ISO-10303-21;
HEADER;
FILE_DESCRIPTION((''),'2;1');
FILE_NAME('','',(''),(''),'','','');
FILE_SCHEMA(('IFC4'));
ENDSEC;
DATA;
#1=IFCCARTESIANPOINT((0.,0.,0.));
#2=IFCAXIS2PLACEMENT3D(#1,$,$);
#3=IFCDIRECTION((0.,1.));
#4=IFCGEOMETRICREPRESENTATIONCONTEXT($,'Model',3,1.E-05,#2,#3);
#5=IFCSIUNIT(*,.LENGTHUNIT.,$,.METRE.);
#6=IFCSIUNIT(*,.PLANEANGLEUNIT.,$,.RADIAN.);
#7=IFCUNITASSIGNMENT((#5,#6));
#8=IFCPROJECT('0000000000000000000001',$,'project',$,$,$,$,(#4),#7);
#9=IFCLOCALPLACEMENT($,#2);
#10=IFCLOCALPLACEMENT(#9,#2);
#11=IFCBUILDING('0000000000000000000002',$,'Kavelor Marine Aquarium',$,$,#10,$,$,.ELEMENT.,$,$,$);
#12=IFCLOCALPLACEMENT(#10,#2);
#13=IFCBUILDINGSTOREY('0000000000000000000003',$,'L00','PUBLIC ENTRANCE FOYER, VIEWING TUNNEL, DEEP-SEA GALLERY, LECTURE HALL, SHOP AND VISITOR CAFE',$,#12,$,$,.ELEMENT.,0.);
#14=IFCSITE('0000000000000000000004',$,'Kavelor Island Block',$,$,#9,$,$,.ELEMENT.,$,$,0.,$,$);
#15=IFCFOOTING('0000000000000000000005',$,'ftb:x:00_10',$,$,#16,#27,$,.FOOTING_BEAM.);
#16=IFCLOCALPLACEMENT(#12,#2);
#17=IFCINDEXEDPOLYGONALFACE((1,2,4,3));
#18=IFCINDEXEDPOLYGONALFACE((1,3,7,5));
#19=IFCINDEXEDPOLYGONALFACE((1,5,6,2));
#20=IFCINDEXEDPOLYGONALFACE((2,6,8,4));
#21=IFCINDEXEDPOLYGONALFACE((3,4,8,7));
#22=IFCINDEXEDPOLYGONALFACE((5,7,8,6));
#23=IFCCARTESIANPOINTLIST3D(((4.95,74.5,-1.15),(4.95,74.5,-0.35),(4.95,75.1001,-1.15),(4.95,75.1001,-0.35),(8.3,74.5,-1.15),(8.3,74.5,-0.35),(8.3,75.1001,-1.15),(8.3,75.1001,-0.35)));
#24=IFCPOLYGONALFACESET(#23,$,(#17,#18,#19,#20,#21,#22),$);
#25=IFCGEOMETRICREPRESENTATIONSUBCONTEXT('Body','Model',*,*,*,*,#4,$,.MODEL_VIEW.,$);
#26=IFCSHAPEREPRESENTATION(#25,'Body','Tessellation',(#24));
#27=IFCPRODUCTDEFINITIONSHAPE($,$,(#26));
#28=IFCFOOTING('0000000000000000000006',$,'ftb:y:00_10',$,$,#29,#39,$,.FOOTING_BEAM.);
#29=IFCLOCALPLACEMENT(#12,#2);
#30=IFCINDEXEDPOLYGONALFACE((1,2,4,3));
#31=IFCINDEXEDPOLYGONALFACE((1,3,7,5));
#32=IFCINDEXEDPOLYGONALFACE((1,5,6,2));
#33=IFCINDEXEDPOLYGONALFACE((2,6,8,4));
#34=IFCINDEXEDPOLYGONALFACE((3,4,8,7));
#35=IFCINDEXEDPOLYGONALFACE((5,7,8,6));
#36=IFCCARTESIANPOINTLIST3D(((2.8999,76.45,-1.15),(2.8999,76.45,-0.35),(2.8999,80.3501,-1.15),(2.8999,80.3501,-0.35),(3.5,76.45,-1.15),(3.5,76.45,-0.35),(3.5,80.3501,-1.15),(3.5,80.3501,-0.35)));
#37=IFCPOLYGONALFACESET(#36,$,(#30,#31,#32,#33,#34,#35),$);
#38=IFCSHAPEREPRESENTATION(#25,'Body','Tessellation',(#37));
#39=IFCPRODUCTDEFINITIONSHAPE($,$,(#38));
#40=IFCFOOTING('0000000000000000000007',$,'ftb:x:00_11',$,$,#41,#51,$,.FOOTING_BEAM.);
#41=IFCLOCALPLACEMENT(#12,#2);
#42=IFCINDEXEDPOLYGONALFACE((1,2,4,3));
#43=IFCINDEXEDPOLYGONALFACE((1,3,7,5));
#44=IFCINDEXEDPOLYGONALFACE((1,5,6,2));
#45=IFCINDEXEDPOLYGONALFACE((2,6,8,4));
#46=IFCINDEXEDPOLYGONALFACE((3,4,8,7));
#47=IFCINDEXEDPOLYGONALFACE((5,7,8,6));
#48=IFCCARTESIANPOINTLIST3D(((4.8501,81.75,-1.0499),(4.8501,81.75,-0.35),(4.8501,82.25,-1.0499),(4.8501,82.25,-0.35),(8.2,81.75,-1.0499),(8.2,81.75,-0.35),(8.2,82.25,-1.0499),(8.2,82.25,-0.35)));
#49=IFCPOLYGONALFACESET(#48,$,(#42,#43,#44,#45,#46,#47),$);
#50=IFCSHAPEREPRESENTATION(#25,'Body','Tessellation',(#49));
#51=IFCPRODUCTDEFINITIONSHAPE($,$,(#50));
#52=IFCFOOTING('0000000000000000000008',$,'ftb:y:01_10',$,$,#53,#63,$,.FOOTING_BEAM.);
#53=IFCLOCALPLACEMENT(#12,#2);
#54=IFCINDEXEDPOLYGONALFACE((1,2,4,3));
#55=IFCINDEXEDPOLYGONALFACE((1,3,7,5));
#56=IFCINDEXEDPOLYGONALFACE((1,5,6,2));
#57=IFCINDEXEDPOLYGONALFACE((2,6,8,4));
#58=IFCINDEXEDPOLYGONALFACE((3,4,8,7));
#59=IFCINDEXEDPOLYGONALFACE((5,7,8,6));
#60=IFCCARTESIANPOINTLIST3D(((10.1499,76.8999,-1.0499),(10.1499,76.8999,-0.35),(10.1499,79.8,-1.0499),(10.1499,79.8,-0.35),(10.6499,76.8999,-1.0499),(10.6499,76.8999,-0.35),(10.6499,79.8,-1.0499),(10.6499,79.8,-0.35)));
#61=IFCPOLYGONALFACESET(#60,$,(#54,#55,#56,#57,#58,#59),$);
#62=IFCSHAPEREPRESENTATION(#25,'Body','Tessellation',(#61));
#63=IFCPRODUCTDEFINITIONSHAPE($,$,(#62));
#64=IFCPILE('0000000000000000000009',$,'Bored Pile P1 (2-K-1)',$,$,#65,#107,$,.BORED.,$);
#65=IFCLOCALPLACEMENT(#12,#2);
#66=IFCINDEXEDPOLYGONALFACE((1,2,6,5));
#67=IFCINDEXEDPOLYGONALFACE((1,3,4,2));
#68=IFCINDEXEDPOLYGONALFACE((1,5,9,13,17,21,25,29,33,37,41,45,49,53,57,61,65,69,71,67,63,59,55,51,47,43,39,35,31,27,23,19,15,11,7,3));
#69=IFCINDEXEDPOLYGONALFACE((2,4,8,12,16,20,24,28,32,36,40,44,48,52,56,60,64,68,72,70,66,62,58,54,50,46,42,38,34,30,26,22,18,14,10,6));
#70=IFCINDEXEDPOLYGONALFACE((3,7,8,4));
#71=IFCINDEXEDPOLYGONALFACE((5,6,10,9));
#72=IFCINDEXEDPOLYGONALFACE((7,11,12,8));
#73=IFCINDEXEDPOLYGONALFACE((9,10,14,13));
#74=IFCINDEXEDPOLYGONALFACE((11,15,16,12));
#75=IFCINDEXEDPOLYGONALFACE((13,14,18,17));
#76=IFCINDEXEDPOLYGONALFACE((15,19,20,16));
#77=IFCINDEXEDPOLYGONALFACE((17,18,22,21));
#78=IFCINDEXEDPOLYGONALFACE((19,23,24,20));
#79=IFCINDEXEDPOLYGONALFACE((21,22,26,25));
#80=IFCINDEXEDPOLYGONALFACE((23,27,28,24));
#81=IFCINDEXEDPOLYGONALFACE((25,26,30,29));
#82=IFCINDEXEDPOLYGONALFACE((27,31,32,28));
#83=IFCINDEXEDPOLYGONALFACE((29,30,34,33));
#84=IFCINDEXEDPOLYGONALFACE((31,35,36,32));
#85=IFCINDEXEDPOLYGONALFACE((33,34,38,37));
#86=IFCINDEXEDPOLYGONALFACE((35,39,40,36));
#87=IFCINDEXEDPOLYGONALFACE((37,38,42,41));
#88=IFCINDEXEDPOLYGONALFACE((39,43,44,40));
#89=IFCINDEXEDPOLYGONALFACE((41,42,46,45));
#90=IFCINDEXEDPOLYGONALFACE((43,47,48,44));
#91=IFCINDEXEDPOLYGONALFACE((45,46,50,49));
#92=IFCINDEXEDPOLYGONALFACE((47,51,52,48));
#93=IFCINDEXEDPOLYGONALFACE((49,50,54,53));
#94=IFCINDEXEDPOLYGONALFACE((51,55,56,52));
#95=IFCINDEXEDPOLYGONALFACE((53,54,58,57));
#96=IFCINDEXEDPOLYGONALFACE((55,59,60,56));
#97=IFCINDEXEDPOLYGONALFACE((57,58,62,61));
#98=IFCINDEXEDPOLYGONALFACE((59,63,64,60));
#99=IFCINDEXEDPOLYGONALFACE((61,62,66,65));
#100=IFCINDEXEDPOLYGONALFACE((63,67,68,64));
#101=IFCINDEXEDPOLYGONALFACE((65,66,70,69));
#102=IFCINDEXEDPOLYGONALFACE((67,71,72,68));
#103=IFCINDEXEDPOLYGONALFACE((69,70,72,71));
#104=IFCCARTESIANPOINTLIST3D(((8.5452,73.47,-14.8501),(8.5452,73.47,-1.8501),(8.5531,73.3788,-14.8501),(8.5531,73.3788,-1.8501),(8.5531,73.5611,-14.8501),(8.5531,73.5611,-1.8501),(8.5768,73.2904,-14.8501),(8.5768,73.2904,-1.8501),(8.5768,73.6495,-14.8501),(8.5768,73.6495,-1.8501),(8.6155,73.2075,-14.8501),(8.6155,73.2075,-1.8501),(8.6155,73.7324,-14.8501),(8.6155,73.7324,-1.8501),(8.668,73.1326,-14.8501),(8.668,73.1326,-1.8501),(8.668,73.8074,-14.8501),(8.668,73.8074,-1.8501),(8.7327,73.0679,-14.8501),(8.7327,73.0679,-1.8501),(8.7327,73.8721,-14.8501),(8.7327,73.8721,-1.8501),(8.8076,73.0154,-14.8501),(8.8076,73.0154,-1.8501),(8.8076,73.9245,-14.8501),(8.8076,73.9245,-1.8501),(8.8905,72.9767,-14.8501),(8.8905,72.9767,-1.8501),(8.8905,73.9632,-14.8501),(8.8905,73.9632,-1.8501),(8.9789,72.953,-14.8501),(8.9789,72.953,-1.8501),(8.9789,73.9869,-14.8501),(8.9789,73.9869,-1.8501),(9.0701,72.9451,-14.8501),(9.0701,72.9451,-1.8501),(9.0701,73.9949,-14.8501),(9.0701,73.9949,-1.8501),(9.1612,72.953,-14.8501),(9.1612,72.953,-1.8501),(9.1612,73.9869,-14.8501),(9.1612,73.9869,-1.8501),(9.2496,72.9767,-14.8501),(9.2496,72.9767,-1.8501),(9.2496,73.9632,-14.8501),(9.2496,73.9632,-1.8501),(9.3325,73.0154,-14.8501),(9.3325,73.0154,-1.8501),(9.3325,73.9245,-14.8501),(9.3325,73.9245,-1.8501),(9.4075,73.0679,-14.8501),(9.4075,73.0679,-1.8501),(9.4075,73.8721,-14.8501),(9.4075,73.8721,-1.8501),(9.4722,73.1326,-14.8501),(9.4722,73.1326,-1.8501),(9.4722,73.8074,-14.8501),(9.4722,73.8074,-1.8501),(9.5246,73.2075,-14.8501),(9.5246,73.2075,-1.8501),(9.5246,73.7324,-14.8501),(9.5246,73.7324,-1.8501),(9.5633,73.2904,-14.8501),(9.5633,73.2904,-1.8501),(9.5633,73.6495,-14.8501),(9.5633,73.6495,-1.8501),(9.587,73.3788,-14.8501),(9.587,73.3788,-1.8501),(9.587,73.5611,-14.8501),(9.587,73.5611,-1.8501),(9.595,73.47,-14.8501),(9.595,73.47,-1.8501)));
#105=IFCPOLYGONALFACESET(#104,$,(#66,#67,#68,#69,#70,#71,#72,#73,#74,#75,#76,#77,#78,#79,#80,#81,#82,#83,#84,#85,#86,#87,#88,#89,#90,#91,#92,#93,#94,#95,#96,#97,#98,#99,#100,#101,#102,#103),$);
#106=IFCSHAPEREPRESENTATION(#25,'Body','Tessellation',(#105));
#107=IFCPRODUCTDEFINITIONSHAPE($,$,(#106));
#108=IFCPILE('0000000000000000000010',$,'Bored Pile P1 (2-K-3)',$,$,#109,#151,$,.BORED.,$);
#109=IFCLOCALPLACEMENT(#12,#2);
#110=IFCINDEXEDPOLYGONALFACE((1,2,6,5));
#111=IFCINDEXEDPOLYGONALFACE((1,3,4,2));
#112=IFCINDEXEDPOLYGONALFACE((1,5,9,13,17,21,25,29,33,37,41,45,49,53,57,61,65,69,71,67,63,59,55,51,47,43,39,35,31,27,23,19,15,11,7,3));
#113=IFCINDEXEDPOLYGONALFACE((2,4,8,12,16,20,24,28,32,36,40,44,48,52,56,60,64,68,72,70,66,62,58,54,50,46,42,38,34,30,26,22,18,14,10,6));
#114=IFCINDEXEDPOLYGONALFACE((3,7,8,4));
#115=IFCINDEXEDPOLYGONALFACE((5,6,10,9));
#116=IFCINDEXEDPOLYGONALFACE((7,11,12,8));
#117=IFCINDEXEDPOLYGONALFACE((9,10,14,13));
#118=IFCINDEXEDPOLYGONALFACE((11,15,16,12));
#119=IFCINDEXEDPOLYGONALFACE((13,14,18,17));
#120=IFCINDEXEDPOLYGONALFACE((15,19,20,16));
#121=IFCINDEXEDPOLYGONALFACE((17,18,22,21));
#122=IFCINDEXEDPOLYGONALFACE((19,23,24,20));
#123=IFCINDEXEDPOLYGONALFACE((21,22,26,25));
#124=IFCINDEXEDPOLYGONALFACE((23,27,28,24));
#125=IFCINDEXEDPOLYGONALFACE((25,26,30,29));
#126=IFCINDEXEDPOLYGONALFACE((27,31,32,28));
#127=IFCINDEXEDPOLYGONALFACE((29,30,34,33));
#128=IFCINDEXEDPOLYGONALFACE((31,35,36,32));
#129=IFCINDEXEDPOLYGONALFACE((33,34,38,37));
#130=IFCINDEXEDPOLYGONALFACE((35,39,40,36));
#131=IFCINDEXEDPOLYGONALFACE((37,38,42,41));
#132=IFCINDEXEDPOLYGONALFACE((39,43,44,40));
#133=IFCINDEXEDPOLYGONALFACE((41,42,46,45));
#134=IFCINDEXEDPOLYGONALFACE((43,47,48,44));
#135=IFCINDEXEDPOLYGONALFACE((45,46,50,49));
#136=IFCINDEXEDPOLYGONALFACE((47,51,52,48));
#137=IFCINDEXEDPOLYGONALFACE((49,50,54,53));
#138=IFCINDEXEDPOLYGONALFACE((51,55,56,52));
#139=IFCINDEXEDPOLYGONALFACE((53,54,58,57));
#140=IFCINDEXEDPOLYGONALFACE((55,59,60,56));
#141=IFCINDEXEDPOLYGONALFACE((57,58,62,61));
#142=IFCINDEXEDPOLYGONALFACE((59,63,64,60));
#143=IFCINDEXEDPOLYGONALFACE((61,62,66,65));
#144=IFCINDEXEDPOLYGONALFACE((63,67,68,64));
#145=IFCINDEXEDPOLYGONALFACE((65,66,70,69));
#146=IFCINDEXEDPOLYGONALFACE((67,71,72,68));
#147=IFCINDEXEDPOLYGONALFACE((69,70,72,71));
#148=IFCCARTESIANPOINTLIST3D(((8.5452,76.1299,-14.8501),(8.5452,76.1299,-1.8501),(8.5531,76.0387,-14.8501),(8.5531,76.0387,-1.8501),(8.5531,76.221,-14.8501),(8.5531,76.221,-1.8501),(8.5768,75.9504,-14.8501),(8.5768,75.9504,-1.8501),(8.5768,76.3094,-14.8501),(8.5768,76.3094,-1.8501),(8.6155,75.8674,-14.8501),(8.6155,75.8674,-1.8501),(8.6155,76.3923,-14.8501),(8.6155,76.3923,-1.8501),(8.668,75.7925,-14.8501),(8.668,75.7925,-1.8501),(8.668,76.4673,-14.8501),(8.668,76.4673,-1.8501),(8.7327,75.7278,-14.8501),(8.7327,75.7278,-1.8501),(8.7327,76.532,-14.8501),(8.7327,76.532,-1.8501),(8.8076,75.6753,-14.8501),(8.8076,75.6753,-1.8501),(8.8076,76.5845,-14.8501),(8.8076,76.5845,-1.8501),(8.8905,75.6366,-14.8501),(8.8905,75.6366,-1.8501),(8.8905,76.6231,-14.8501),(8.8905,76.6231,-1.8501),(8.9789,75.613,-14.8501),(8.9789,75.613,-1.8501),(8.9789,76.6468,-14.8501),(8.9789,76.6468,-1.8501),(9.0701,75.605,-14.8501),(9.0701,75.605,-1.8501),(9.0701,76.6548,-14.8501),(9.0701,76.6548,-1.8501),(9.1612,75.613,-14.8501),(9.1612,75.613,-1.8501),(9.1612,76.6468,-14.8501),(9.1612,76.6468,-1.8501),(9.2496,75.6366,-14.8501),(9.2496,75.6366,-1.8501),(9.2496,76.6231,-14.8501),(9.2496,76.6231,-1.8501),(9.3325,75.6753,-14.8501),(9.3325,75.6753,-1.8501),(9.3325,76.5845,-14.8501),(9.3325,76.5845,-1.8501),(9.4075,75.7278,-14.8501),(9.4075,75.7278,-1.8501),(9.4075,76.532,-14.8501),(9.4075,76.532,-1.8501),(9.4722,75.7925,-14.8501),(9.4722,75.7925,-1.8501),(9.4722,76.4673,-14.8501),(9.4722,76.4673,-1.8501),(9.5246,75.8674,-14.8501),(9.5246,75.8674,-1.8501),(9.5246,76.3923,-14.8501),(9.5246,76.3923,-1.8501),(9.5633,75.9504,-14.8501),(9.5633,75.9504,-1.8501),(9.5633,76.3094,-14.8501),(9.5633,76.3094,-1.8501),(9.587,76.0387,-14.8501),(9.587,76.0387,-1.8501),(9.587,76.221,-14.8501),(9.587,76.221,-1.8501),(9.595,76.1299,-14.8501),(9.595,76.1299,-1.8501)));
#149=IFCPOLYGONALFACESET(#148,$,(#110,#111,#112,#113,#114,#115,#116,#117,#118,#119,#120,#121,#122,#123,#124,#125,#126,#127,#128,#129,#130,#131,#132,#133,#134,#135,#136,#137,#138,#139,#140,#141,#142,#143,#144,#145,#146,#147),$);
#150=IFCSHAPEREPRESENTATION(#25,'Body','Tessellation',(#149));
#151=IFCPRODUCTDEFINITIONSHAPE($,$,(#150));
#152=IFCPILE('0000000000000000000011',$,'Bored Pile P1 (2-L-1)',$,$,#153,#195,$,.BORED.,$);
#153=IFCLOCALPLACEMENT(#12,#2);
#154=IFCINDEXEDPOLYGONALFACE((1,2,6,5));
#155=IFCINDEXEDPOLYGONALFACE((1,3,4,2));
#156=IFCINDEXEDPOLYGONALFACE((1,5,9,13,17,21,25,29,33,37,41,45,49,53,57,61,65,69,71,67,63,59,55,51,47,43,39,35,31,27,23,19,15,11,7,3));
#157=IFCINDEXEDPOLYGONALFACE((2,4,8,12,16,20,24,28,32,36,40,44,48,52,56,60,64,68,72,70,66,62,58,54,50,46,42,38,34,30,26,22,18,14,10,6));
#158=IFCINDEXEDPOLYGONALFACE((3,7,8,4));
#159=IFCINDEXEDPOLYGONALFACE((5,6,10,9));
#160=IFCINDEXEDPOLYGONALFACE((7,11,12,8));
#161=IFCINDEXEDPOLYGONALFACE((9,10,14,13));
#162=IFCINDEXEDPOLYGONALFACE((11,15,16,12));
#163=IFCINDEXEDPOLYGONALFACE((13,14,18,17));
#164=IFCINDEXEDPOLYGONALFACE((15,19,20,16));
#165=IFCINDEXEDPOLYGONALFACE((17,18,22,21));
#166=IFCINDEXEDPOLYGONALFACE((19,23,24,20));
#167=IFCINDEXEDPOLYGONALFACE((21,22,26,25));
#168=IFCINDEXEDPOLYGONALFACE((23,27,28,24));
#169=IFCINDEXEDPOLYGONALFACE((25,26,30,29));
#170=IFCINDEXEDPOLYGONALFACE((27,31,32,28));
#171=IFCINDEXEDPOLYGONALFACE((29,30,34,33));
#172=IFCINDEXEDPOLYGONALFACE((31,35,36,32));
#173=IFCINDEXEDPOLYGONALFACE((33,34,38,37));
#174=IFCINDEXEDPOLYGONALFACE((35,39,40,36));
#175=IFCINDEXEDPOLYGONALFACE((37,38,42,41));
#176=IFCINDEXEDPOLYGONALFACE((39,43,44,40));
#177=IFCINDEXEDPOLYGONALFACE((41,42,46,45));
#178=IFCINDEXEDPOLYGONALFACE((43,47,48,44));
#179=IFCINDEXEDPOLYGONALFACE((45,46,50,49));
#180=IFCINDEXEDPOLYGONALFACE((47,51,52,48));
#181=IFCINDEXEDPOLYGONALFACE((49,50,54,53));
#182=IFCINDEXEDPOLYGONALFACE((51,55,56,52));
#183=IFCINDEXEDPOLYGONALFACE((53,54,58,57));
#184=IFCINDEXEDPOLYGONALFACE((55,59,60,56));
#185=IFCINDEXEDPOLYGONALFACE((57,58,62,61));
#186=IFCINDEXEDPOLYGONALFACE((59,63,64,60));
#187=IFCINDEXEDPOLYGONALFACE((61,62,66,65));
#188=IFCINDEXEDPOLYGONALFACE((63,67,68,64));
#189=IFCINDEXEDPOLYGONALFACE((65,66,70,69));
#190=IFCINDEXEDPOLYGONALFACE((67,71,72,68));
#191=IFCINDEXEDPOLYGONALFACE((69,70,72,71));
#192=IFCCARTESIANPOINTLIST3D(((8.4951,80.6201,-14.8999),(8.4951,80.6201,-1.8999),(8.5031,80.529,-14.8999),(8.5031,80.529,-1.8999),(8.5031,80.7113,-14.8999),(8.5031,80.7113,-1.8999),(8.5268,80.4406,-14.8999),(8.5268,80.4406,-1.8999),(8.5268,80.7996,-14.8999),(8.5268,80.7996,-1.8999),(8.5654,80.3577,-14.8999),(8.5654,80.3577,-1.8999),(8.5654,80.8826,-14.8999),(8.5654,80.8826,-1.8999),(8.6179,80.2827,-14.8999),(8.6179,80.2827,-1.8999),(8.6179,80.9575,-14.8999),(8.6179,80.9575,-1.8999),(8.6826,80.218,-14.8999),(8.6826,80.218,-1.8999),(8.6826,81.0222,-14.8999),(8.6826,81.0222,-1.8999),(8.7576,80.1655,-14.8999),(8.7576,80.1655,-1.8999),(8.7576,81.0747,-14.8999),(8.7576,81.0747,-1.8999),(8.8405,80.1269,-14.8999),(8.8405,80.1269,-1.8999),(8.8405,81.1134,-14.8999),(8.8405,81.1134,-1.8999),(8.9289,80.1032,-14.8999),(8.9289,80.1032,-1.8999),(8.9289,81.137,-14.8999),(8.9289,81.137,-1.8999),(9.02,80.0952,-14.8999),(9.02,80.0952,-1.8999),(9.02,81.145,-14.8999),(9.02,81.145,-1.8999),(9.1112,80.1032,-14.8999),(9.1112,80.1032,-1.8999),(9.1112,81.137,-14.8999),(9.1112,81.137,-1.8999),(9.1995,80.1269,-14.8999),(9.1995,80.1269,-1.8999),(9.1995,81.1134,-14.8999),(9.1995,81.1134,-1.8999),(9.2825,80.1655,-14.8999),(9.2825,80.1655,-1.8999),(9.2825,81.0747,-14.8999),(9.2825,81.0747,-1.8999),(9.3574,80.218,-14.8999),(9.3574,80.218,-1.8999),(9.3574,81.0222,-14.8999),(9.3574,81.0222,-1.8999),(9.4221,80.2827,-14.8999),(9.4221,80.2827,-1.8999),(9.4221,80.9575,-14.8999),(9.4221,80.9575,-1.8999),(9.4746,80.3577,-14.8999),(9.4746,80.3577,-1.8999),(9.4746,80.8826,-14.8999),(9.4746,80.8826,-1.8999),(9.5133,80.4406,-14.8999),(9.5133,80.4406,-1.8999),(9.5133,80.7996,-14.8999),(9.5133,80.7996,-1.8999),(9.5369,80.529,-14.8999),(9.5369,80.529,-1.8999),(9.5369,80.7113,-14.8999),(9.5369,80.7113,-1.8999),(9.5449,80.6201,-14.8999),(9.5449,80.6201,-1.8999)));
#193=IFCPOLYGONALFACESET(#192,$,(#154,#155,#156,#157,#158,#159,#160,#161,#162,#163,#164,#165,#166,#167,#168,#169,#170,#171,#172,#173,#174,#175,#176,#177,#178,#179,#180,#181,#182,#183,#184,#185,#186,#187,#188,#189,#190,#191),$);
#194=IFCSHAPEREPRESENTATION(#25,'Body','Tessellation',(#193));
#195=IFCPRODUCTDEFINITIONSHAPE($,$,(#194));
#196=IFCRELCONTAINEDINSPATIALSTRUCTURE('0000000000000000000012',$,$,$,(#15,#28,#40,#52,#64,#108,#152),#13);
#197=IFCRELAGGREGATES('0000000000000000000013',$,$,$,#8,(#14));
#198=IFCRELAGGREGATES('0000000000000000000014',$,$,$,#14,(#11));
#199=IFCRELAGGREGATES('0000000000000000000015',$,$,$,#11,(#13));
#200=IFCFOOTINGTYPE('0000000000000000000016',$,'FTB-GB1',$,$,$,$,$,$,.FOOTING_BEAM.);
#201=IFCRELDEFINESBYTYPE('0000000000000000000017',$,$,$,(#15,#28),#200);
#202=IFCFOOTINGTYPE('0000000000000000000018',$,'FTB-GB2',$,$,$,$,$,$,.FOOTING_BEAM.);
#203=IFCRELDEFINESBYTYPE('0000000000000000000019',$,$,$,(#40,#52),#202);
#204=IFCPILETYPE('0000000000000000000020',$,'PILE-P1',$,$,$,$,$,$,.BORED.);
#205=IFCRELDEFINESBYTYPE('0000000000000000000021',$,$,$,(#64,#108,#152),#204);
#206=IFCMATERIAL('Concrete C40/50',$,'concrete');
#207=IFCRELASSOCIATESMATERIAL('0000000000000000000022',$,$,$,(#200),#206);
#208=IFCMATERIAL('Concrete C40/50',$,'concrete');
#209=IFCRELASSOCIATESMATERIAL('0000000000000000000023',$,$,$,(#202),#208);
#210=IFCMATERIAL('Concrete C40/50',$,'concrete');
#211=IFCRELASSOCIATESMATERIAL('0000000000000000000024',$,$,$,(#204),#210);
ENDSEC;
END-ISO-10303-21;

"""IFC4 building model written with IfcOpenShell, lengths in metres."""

from ifc_helpers import new_model, si_unit, direction, frame, origin, origin_2d, place, context, subcontext, project, spatial, rectangle, circle, extrude, material, material_profile, profile_set, type_object, element, save


model = new_model("IFC4")

# Units and contexts
model_context = context("Model", 3, precision=1e-05, world=origin(), true_north=direction((0.0, 1.0)))
body_context = subcontext(model_context, "Body", "Model", "MODEL_VIEW")
ifc_project = project(units=[si_unit("LENGTHUNIT", "METRE"), si_unit("PLANEANGLEUNIT", "RADIAN")], contexts=[model_context])

# Site, building, storey
site_placement = place(None, origin())
site = spatial("IfcSite", under=ifc_project, at=site_placement, Name="Kavelor Island Block", CompositionType="ELEMENT", RefElevation=0.0)
building_placement = place(site_placement, origin())
building = spatial("IfcBuilding", under=site, at=building_placement, Name="Kavelor Marine Aquarium", CompositionType="ELEMENT")
storey_placement = place(building_placement, origin())
storey = spatial("IfcBuildingStorey", under=building, at=storey_placement, Name="L00", Description="PUBLIC ENTRANCE FOYER, VIEWING TUNNEL, DEEP-SEA GALLERY, LECTURE HALL, SHOP AND VISITOR CAFE", CompositionType="ELEMENT", Elevation=0.0)

# Footings
ifc_material_1 = material(Name="Concrete C40/50", Category="concrete")
ifc_material_profile_1 = material_profile(ifc_material_1, rectangle(XDim=0.6001, YDim=0.8, at=origin_2d()), Name="GB 600x800")
ifc_profile_set_1 = profile_set([ifc_material_profile_1], Name="Concrete C40/50")
footing_type_1 = type_object("IfcFootingType", Name="FTB-GB1", PredefinedType="FOOTING_BEAM", material=ifc_profile_set_1)
footing_1_placement = place(storey_placement, frame((4.95, 74.8, -0.75), z_axis=(1.0, 0.0, 0.0), x_axis=(0.0, 1.0, 0.0)))
element("IfcFooting", 1, at=footing_1_placement, inside=storey, type_object=footing_type_1, Name="ftb:x:00_10", PredefinedType="FOOTING_BEAM", context=body_context, shape_type="SweptSolid", body=[
    extrude(rectangle(XDim=0.6001, YDim=0.8, at=origin_2d()), origin(), (0.0, 0.0, 1.0), 3.3501),
])
footing_2_placement = place(storey_placement, frame((3.2, 76.45, -0.75), z_axis=(0.0, 1.0, 0.0), x_axis=(-1.0, 0.0, 0.0)))
element("IfcFooting", 2, at=footing_2_placement, inside=storey, type_object=footing_type_1, Name="ftb:y:00_10", PredefinedType="FOOTING_BEAM", context=body_context, shape_type="SweptSolid", body=[
    extrude(rectangle(XDim=0.6001, YDim=0.8, at=origin_2d()), origin(), (0.0, 0.0, 1.0), 3.9001),
])
ifc_material_2 = material(Name="Concrete C40/50", Category="concrete")
ifc_material_profile_2 = material_profile(ifc_material_2, rectangle(XDim=0.5, YDim=0.7, at=origin_2d()), Name="GB 500x700")
ifc_profile_set_2 = profile_set([ifc_material_profile_2], Name="Concrete C40/50")
footing_type_2 = type_object("IfcFootingType", Name="FTB-GB2", PredefinedType="FOOTING_BEAM", material=ifc_profile_set_2)
footing_3_placement = place(storey_placement, frame((4.8501, 82.0, -0.7), z_axis=(1.0, 0.0, 0.0), x_axis=(0.0, 1.0, 0.0)))
element("IfcFooting", 3, at=footing_3_placement, inside=storey, type_object=footing_type_2, Name="ftb:x:00_11", PredefinedType="FOOTING_BEAM", context=body_context, shape_type="SweptSolid", body=[
    extrude(rectangle(XDim=0.5, YDim=0.7, at=origin_2d()), origin(), (0.0, 0.0, 1.0), 3.3499),
])
footing_4_placement = place(storey_placement, frame((10.3999, 76.8999, -0.7), z_axis=(0.0, 1.0, 0.0), x_axis=(-1.0, 0.0, 0.0)))
element("IfcFooting", 4, at=footing_4_placement, inside=storey, type_object=footing_type_2, Name="ftb:y:01_10", PredefinedType="FOOTING_BEAM", context=body_context, shape_type="SweptSolid", body=[
    extrude(rectangle(XDim=0.5, YDim=0.7, at=origin_2d()), origin(), (0.0, 0.0, 1.0), 2.9001),
])

# Piles
ifc_material_3 = material(Name="Concrete C40/50", Category="concrete")
ifc_material_profile_3 = material_profile(ifc_material_3, circle(Radius=0.5249, at=origin_2d()), Name="PILE D1050")
ifc_profile_set_3 = profile_set([ifc_material_profile_3], Name="Concrete C40/50")
pile_type_1 = type_object("IfcPileType", Name="PILE-P1", PredefinedType="BORED", material=ifc_profile_set_3)
for number, where, z_axis, x_axis, name in (
    (5, (9.0701, 73.47, -1.8501), (0.0, 0.0, -1.0), (1.0, 0.0, 0.0), "Bored Pile P1 (2-K-1)"),
    (6, (9.0701, 76.1299, -1.8501), (0.0, 0.0, -1.0), (1.0, 0.0, 0.0), "Bored Pile P1 (2-K-3)"),
    (7, (9.02, 80.6201, -1.8999), (0.0, 0.0, -1.0), (1.0, 0.0, 0.0), "Bored Pile P1 (2-L-1)"),
):
    element("IfcPile", number, at=place(storey_placement, frame(where, z_axis=z_axis, x_axis=x_axis)), inside=storey, type_object=pile_type_1, Name=name, PredefinedType="BORED", context=body_context, shape_type="SweptSolid", body=[
        extrude(circle(Radius=0.5249, at=origin_2d()), origin(), (0.0, 0.0, 1.0), 13.0),
    ])

save(model, "model.ifc")
